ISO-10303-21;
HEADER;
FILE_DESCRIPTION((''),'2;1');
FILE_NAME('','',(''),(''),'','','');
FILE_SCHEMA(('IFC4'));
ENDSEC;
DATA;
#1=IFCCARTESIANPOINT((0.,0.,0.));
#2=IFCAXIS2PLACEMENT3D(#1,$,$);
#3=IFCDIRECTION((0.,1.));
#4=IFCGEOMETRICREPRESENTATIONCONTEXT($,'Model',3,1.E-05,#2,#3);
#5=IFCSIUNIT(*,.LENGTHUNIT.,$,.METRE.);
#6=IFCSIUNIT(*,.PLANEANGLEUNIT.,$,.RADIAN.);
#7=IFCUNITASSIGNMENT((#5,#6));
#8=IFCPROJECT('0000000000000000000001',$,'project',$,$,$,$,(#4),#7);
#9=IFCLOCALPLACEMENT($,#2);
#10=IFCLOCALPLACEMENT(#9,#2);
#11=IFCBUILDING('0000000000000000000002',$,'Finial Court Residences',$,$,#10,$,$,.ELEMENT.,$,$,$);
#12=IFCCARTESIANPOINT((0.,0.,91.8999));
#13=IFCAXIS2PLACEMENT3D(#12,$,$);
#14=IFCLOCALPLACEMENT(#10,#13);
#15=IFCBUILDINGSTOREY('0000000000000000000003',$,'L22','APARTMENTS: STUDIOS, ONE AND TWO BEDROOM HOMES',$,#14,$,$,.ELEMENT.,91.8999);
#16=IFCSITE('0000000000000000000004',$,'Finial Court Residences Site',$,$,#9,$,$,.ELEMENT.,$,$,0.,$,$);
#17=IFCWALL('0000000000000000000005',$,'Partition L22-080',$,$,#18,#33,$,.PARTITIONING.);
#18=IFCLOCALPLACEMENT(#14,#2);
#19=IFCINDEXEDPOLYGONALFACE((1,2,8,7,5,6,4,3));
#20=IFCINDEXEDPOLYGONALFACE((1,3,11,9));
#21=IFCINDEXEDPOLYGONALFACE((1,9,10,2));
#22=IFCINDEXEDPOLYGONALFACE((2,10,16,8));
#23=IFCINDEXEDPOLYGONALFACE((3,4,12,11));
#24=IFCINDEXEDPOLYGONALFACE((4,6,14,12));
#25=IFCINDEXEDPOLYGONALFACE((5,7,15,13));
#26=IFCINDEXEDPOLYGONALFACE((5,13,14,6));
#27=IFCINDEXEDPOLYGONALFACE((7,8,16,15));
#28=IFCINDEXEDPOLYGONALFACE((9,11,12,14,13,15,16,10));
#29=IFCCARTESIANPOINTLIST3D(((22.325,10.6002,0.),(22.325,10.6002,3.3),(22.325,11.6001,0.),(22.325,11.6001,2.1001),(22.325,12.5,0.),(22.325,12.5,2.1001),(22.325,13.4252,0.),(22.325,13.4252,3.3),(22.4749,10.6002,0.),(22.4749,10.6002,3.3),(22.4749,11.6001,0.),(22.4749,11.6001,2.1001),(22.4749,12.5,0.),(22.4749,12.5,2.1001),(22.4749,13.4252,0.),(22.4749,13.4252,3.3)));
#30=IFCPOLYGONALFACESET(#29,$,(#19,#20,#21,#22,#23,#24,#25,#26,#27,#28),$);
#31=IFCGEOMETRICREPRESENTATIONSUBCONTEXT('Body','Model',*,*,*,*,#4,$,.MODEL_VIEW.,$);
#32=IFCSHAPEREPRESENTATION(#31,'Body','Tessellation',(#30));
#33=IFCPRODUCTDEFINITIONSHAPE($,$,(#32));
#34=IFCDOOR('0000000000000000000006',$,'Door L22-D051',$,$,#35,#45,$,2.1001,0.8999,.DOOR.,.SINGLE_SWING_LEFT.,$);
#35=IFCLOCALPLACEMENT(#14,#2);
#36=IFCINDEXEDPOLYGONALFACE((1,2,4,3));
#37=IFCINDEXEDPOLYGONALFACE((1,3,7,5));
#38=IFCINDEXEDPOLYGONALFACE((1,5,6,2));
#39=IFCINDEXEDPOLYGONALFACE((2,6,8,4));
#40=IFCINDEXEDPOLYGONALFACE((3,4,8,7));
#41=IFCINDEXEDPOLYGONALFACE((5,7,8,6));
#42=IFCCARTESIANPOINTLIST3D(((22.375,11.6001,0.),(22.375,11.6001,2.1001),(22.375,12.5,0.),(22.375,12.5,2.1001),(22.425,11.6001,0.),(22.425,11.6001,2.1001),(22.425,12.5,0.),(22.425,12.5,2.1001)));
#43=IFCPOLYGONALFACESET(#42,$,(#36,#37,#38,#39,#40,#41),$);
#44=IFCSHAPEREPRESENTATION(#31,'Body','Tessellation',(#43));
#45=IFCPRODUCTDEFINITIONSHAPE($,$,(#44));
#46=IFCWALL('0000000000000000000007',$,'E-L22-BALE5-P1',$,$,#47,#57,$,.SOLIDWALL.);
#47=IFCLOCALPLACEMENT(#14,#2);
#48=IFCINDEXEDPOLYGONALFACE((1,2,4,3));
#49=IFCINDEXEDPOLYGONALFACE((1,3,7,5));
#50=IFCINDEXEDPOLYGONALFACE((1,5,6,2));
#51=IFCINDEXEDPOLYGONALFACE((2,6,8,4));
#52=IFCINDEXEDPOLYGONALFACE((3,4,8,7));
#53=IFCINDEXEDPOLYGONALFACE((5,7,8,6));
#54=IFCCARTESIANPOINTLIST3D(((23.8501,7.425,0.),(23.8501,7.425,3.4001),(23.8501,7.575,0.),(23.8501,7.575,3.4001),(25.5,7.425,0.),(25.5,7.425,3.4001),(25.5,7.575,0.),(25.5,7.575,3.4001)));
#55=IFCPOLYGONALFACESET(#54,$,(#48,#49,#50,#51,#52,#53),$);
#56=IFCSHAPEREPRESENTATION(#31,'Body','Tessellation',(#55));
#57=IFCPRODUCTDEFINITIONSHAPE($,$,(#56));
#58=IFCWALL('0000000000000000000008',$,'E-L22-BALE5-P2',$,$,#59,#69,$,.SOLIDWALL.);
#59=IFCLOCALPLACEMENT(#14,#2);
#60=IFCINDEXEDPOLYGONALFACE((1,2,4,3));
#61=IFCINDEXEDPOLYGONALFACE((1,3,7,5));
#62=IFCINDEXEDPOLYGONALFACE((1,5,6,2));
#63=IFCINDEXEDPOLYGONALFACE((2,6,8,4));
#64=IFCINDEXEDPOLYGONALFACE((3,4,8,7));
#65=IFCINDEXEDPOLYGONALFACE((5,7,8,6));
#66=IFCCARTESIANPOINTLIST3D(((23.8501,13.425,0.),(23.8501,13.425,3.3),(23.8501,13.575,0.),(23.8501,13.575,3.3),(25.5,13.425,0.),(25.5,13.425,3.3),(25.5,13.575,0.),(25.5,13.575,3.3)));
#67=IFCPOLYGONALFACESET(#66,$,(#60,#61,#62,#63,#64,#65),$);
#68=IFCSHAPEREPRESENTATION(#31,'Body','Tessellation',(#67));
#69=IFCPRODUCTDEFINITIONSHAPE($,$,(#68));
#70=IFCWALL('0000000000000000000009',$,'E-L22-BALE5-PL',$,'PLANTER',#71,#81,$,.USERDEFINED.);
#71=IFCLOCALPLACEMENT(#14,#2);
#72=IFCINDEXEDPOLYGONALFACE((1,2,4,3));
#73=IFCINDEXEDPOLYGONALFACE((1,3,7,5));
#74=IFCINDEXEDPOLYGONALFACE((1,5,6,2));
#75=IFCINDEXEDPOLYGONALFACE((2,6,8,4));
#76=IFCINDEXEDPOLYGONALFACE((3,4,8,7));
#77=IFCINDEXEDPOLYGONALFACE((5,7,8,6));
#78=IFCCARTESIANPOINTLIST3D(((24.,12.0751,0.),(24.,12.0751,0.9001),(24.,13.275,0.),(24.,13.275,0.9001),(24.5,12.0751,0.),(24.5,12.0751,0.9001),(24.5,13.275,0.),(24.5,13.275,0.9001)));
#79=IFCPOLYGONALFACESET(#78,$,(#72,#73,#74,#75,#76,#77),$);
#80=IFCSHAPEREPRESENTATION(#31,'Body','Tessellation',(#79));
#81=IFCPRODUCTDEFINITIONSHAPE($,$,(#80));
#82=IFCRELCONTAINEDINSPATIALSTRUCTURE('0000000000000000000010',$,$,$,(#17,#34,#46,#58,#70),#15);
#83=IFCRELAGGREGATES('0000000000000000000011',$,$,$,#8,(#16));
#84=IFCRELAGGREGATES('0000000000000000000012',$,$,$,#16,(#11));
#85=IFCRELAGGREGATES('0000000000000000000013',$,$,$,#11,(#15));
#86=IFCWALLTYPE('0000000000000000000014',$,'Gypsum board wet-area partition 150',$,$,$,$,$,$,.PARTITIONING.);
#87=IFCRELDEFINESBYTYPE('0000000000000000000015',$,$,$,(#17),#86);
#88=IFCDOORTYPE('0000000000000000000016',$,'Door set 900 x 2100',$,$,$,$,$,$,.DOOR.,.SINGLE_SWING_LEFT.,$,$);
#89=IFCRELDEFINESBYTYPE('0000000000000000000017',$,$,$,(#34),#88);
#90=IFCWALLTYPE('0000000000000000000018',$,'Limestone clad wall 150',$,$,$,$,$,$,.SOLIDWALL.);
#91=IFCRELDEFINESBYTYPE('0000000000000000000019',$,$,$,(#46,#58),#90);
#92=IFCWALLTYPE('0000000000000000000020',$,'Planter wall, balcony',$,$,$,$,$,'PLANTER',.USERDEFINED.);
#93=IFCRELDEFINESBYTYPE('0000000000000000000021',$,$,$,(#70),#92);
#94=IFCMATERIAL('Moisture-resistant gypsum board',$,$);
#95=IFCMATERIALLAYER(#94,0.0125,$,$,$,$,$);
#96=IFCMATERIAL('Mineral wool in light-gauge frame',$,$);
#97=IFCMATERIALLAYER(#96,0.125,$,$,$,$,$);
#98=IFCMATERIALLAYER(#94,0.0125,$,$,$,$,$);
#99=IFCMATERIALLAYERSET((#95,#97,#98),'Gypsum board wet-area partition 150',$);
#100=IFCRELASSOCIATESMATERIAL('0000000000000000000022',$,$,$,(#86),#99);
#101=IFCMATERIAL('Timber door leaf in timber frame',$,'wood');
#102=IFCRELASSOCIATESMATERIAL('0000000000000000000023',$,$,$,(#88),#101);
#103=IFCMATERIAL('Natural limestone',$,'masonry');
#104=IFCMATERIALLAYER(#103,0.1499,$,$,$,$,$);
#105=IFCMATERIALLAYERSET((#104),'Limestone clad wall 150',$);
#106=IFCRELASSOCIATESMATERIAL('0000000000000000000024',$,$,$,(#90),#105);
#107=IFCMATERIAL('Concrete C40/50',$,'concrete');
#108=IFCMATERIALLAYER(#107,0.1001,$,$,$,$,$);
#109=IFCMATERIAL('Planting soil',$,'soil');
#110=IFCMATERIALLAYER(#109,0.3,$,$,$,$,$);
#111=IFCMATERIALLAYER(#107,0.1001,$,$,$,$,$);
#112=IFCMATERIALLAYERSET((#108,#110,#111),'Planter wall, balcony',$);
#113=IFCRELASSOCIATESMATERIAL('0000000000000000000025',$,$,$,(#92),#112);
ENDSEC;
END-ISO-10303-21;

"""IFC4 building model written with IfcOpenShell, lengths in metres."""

from ifc_helpers import new_model, si_unit, direction, frame, frame_2d, origin, place, context, subcontext, project, spatial, rectangle, extrude, material, layer, layer_set, type_object, element, fill, save


model = new_model("IFC4")

# Units and contexts
model_context = context("Model", 3, precision=1e-05, world=origin(), true_north=direction((0.0, 1.0)))
body_context = subcontext(model_context, "Body", "Model", "MODEL_VIEW")
ifc_project = project(units=[si_unit("LENGTHUNIT", "METRE"), si_unit("PLANEANGLEUNIT", "RADIAN")], contexts=[model_context])

# Site, building, storey
site_placement = place(None, origin())
site = spatial("IfcSite", under=ifc_project, at=site_placement, Name="Finial Court Residences Site", CompositionType="ELEMENT", RefElevation=0.0)
building_placement = place(site_placement, origin())
building = spatial("IfcBuilding", under=site, at=building_placement, Name="Finial Court Residences", CompositionType="ELEMENT")
storey_placement = place(building_placement, frame((0.0, 0.0, 91.8999)))
storey = spatial("IfcBuildingStorey", under=building, at=storey_placement, Name="L22", Description="APARTMENTS: STUDIOS, ONE AND TWO BEDROOM HOMES", CompositionType="ELEMENT", Elevation=91.8999)

# Shared definitions
ifc_material_1 = material(Name="Moisture-resistant gypsum board")
ifc_layer_1 = layer(ifc_material_1, 0.0125)
ifc_material_2 = material(Name="Mineral wool in light-gauge frame")
ifc_layer_2 = layer(ifc_material_2, 0.125)
ifc_layer_3 = layer(ifc_material_1, 0.0125)
ifc_layer_set_1 = layer_set([ifc_layer_1, ifc_layer_2, ifc_layer_3], Name="Gypsum board wet-area partition 150")
wall_type_1 = type_object("IfcWallType", Name="Gypsum board wet-area partition 150", PredefinedType="PARTITIONING", material=ifc_layer_set_1)

# Wall, opening, door
wall_1_placement = place(storey_placement, frame((22.3999, 10.6001, 0.0), z_axis=(0.0, 0.0, 1.0), x_axis=(0.0, 1.0, 0.0)))
wall_1 = element("IfcWall", 1, at=wall_1_placement, inside=storey, type_object=wall_type_1, Name="Partition L22-080", PredefinedType="PARTITIONING", context=body_context, shape_type="SweptSolid", body=[
    extrude(rectangle(XDim=2.825, YDim=0.1499, at=frame_2d((1.4126, 0.0))), origin(), (0.0, 0.0, 1.0), 3.3),
])
opening_1_placement = place(wall_1_placement, frame((1.0, 0.0, 0.0)))
opening_1 = element("IfcOpeningElement", 2, at=opening_1_placement, cuts=wall_1, PredefinedType="OPENING", context=body_context, shape_type="SweptSolid", body=[
    extrude(rectangle(XDim=0.8999, YDim=2.1001, at=frame_2d((0.45, 1.05))), frame((0.0, 0.085, 0.0), z_axis=(0.0, -1.0, 0.0), x_axis=(1.0, 0.0, 0.0)), (0.0, 0.0, 1.0), 0.1699),
])
ifc_material_3 = material(Name="Timber door leaf in timber frame", Category="wood")
door_type_1 = type_object("IfcDoorType", Name="Door set 900 x 2100", OperationType="SINGLE_SWING_LEFT", PredefinedType="DOOR", material=ifc_material_3)
door_1_placement = place(opening_1_placement, origin())
door_1 = element("IfcDoor", 3, at=door_1_placement, inside=storey, type_object=door_type_1, Name="Door L22-D051", OperationType="SINGLE_SWING_LEFT", OverallHeight=2.1001, OverallWidth=0.8999, PredefinedType="DOOR", context=body_context, shape_type="SweptSolid", body=[
    extrude(rectangle(XDim=0.8999, YDim=2.1001, at=frame_2d((0.45, 1.05))), frame((0.0, 0.0249, 0.0), z_axis=(0.0, -1.0, 0.0), x_axis=(1.0, 0.0, 0.0)), (0.0, 0.0, 1.0), 0.05),
])
fill(opening_1, door_1)

# Walls
ifc_material_4 = material(Name="Natural limestone", Category="masonry")
ifc_layer_4 = layer(ifc_material_4, 0.1499)
ifc_layer_set_2 = layer_set([ifc_layer_4], Name="Limestone clad wall 150")
wall_type_2 = type_object("IfcWallType", Name="Limestone clad wall 150", PredefinedType="SOLIDWALL", material=ifc_layer_set_2)
wall_2_placement = place(storey_placement, frame((23.8501, 7.5, 0.0), z_axis=(0.0, 0.0, 1.0), x_axis=(1.0, 0.0, 0.0)))
element("IfcWall", 4, at=wall_2_placement, inside=storey, type_object=wall_type_2, Name="E-L22-BALE5-P1", PredefinedType="SOLIDWALL", context=body_context, shape_type="SweptSolid", body=[
    extrude(rectangle(XDim=1.6499, YDim=0.1499, at=frame_2d((0.825, 0.0))), origin(), (0.0, 0.0, 1.0), 3.4001),
])
wall_3_placement = place(storey_placement, frame((23.8501, 13.5, 0.0), z_axis=(0.0, 0.0, 1.0), x_axis=(1.0, 0.0, 0.0)))
element("IfcWall", 5, at=wall_3_placement, inside=storey, type_object=wall_type_2, Name="E-L22-BALE5-P2", PredefinedType="SOLIDWALL", context=body_context, shape_type="SweptSolid", body=[
    extrude(rectangle(XDim=1.6499, YDim=0.1499, at=frame_2d((0.825, 0.0))), origin(), (0.0, 0.0, 1.0), 3.3),
])

# Wall
ifc_material_5 = material(Name="Concrete C40/50", Category="concrete")
ifc_layer_5 = layer(ifc_material_5, 0.1001)
ifc_material_6 = material(Name="Planting soil", Category="soil")
ifc_layer_6 = layer(ifc_material_6, 0.3)
ifc_layer_7 = layer(ifc_material_5, 0.1001)
ifc_layer_set_3 = layer_set([ifc_layer_5, ifc_layer_6, ifc_layer_7], Name="Planter wall, balcony")
wall_type_3 = type_object("IfcWallType", Name="Planter wall, balcony", ElementType="PLANTER", PredefinedType="USERDEFINED", material=ifc_layer_set_3)
wall_4_placement = place(storey_placement, frame((24.25, 12.075, 0.0), z_axis=(0.0, 0.0, 1.0), x_axis=(0.0, 1.0, 0.0)))
element("IfcWall", 6, at=wall_4_placement, inside=storey, type_object=wall_type_3, Name="E-L22-BALE5-PL", ObjectType="PLANTER", PredefinedType="USERDEFINED", context=body_context, shape_type="SweptSolid", body=[
    extrude(rectangle(XDim=1.2, YDim=0.5, at=frame_2d((0.6001, 0.0))), origin(), (0.0, 0.0, 1.0), 0.9001),
])

save(model, "model.ifc")
